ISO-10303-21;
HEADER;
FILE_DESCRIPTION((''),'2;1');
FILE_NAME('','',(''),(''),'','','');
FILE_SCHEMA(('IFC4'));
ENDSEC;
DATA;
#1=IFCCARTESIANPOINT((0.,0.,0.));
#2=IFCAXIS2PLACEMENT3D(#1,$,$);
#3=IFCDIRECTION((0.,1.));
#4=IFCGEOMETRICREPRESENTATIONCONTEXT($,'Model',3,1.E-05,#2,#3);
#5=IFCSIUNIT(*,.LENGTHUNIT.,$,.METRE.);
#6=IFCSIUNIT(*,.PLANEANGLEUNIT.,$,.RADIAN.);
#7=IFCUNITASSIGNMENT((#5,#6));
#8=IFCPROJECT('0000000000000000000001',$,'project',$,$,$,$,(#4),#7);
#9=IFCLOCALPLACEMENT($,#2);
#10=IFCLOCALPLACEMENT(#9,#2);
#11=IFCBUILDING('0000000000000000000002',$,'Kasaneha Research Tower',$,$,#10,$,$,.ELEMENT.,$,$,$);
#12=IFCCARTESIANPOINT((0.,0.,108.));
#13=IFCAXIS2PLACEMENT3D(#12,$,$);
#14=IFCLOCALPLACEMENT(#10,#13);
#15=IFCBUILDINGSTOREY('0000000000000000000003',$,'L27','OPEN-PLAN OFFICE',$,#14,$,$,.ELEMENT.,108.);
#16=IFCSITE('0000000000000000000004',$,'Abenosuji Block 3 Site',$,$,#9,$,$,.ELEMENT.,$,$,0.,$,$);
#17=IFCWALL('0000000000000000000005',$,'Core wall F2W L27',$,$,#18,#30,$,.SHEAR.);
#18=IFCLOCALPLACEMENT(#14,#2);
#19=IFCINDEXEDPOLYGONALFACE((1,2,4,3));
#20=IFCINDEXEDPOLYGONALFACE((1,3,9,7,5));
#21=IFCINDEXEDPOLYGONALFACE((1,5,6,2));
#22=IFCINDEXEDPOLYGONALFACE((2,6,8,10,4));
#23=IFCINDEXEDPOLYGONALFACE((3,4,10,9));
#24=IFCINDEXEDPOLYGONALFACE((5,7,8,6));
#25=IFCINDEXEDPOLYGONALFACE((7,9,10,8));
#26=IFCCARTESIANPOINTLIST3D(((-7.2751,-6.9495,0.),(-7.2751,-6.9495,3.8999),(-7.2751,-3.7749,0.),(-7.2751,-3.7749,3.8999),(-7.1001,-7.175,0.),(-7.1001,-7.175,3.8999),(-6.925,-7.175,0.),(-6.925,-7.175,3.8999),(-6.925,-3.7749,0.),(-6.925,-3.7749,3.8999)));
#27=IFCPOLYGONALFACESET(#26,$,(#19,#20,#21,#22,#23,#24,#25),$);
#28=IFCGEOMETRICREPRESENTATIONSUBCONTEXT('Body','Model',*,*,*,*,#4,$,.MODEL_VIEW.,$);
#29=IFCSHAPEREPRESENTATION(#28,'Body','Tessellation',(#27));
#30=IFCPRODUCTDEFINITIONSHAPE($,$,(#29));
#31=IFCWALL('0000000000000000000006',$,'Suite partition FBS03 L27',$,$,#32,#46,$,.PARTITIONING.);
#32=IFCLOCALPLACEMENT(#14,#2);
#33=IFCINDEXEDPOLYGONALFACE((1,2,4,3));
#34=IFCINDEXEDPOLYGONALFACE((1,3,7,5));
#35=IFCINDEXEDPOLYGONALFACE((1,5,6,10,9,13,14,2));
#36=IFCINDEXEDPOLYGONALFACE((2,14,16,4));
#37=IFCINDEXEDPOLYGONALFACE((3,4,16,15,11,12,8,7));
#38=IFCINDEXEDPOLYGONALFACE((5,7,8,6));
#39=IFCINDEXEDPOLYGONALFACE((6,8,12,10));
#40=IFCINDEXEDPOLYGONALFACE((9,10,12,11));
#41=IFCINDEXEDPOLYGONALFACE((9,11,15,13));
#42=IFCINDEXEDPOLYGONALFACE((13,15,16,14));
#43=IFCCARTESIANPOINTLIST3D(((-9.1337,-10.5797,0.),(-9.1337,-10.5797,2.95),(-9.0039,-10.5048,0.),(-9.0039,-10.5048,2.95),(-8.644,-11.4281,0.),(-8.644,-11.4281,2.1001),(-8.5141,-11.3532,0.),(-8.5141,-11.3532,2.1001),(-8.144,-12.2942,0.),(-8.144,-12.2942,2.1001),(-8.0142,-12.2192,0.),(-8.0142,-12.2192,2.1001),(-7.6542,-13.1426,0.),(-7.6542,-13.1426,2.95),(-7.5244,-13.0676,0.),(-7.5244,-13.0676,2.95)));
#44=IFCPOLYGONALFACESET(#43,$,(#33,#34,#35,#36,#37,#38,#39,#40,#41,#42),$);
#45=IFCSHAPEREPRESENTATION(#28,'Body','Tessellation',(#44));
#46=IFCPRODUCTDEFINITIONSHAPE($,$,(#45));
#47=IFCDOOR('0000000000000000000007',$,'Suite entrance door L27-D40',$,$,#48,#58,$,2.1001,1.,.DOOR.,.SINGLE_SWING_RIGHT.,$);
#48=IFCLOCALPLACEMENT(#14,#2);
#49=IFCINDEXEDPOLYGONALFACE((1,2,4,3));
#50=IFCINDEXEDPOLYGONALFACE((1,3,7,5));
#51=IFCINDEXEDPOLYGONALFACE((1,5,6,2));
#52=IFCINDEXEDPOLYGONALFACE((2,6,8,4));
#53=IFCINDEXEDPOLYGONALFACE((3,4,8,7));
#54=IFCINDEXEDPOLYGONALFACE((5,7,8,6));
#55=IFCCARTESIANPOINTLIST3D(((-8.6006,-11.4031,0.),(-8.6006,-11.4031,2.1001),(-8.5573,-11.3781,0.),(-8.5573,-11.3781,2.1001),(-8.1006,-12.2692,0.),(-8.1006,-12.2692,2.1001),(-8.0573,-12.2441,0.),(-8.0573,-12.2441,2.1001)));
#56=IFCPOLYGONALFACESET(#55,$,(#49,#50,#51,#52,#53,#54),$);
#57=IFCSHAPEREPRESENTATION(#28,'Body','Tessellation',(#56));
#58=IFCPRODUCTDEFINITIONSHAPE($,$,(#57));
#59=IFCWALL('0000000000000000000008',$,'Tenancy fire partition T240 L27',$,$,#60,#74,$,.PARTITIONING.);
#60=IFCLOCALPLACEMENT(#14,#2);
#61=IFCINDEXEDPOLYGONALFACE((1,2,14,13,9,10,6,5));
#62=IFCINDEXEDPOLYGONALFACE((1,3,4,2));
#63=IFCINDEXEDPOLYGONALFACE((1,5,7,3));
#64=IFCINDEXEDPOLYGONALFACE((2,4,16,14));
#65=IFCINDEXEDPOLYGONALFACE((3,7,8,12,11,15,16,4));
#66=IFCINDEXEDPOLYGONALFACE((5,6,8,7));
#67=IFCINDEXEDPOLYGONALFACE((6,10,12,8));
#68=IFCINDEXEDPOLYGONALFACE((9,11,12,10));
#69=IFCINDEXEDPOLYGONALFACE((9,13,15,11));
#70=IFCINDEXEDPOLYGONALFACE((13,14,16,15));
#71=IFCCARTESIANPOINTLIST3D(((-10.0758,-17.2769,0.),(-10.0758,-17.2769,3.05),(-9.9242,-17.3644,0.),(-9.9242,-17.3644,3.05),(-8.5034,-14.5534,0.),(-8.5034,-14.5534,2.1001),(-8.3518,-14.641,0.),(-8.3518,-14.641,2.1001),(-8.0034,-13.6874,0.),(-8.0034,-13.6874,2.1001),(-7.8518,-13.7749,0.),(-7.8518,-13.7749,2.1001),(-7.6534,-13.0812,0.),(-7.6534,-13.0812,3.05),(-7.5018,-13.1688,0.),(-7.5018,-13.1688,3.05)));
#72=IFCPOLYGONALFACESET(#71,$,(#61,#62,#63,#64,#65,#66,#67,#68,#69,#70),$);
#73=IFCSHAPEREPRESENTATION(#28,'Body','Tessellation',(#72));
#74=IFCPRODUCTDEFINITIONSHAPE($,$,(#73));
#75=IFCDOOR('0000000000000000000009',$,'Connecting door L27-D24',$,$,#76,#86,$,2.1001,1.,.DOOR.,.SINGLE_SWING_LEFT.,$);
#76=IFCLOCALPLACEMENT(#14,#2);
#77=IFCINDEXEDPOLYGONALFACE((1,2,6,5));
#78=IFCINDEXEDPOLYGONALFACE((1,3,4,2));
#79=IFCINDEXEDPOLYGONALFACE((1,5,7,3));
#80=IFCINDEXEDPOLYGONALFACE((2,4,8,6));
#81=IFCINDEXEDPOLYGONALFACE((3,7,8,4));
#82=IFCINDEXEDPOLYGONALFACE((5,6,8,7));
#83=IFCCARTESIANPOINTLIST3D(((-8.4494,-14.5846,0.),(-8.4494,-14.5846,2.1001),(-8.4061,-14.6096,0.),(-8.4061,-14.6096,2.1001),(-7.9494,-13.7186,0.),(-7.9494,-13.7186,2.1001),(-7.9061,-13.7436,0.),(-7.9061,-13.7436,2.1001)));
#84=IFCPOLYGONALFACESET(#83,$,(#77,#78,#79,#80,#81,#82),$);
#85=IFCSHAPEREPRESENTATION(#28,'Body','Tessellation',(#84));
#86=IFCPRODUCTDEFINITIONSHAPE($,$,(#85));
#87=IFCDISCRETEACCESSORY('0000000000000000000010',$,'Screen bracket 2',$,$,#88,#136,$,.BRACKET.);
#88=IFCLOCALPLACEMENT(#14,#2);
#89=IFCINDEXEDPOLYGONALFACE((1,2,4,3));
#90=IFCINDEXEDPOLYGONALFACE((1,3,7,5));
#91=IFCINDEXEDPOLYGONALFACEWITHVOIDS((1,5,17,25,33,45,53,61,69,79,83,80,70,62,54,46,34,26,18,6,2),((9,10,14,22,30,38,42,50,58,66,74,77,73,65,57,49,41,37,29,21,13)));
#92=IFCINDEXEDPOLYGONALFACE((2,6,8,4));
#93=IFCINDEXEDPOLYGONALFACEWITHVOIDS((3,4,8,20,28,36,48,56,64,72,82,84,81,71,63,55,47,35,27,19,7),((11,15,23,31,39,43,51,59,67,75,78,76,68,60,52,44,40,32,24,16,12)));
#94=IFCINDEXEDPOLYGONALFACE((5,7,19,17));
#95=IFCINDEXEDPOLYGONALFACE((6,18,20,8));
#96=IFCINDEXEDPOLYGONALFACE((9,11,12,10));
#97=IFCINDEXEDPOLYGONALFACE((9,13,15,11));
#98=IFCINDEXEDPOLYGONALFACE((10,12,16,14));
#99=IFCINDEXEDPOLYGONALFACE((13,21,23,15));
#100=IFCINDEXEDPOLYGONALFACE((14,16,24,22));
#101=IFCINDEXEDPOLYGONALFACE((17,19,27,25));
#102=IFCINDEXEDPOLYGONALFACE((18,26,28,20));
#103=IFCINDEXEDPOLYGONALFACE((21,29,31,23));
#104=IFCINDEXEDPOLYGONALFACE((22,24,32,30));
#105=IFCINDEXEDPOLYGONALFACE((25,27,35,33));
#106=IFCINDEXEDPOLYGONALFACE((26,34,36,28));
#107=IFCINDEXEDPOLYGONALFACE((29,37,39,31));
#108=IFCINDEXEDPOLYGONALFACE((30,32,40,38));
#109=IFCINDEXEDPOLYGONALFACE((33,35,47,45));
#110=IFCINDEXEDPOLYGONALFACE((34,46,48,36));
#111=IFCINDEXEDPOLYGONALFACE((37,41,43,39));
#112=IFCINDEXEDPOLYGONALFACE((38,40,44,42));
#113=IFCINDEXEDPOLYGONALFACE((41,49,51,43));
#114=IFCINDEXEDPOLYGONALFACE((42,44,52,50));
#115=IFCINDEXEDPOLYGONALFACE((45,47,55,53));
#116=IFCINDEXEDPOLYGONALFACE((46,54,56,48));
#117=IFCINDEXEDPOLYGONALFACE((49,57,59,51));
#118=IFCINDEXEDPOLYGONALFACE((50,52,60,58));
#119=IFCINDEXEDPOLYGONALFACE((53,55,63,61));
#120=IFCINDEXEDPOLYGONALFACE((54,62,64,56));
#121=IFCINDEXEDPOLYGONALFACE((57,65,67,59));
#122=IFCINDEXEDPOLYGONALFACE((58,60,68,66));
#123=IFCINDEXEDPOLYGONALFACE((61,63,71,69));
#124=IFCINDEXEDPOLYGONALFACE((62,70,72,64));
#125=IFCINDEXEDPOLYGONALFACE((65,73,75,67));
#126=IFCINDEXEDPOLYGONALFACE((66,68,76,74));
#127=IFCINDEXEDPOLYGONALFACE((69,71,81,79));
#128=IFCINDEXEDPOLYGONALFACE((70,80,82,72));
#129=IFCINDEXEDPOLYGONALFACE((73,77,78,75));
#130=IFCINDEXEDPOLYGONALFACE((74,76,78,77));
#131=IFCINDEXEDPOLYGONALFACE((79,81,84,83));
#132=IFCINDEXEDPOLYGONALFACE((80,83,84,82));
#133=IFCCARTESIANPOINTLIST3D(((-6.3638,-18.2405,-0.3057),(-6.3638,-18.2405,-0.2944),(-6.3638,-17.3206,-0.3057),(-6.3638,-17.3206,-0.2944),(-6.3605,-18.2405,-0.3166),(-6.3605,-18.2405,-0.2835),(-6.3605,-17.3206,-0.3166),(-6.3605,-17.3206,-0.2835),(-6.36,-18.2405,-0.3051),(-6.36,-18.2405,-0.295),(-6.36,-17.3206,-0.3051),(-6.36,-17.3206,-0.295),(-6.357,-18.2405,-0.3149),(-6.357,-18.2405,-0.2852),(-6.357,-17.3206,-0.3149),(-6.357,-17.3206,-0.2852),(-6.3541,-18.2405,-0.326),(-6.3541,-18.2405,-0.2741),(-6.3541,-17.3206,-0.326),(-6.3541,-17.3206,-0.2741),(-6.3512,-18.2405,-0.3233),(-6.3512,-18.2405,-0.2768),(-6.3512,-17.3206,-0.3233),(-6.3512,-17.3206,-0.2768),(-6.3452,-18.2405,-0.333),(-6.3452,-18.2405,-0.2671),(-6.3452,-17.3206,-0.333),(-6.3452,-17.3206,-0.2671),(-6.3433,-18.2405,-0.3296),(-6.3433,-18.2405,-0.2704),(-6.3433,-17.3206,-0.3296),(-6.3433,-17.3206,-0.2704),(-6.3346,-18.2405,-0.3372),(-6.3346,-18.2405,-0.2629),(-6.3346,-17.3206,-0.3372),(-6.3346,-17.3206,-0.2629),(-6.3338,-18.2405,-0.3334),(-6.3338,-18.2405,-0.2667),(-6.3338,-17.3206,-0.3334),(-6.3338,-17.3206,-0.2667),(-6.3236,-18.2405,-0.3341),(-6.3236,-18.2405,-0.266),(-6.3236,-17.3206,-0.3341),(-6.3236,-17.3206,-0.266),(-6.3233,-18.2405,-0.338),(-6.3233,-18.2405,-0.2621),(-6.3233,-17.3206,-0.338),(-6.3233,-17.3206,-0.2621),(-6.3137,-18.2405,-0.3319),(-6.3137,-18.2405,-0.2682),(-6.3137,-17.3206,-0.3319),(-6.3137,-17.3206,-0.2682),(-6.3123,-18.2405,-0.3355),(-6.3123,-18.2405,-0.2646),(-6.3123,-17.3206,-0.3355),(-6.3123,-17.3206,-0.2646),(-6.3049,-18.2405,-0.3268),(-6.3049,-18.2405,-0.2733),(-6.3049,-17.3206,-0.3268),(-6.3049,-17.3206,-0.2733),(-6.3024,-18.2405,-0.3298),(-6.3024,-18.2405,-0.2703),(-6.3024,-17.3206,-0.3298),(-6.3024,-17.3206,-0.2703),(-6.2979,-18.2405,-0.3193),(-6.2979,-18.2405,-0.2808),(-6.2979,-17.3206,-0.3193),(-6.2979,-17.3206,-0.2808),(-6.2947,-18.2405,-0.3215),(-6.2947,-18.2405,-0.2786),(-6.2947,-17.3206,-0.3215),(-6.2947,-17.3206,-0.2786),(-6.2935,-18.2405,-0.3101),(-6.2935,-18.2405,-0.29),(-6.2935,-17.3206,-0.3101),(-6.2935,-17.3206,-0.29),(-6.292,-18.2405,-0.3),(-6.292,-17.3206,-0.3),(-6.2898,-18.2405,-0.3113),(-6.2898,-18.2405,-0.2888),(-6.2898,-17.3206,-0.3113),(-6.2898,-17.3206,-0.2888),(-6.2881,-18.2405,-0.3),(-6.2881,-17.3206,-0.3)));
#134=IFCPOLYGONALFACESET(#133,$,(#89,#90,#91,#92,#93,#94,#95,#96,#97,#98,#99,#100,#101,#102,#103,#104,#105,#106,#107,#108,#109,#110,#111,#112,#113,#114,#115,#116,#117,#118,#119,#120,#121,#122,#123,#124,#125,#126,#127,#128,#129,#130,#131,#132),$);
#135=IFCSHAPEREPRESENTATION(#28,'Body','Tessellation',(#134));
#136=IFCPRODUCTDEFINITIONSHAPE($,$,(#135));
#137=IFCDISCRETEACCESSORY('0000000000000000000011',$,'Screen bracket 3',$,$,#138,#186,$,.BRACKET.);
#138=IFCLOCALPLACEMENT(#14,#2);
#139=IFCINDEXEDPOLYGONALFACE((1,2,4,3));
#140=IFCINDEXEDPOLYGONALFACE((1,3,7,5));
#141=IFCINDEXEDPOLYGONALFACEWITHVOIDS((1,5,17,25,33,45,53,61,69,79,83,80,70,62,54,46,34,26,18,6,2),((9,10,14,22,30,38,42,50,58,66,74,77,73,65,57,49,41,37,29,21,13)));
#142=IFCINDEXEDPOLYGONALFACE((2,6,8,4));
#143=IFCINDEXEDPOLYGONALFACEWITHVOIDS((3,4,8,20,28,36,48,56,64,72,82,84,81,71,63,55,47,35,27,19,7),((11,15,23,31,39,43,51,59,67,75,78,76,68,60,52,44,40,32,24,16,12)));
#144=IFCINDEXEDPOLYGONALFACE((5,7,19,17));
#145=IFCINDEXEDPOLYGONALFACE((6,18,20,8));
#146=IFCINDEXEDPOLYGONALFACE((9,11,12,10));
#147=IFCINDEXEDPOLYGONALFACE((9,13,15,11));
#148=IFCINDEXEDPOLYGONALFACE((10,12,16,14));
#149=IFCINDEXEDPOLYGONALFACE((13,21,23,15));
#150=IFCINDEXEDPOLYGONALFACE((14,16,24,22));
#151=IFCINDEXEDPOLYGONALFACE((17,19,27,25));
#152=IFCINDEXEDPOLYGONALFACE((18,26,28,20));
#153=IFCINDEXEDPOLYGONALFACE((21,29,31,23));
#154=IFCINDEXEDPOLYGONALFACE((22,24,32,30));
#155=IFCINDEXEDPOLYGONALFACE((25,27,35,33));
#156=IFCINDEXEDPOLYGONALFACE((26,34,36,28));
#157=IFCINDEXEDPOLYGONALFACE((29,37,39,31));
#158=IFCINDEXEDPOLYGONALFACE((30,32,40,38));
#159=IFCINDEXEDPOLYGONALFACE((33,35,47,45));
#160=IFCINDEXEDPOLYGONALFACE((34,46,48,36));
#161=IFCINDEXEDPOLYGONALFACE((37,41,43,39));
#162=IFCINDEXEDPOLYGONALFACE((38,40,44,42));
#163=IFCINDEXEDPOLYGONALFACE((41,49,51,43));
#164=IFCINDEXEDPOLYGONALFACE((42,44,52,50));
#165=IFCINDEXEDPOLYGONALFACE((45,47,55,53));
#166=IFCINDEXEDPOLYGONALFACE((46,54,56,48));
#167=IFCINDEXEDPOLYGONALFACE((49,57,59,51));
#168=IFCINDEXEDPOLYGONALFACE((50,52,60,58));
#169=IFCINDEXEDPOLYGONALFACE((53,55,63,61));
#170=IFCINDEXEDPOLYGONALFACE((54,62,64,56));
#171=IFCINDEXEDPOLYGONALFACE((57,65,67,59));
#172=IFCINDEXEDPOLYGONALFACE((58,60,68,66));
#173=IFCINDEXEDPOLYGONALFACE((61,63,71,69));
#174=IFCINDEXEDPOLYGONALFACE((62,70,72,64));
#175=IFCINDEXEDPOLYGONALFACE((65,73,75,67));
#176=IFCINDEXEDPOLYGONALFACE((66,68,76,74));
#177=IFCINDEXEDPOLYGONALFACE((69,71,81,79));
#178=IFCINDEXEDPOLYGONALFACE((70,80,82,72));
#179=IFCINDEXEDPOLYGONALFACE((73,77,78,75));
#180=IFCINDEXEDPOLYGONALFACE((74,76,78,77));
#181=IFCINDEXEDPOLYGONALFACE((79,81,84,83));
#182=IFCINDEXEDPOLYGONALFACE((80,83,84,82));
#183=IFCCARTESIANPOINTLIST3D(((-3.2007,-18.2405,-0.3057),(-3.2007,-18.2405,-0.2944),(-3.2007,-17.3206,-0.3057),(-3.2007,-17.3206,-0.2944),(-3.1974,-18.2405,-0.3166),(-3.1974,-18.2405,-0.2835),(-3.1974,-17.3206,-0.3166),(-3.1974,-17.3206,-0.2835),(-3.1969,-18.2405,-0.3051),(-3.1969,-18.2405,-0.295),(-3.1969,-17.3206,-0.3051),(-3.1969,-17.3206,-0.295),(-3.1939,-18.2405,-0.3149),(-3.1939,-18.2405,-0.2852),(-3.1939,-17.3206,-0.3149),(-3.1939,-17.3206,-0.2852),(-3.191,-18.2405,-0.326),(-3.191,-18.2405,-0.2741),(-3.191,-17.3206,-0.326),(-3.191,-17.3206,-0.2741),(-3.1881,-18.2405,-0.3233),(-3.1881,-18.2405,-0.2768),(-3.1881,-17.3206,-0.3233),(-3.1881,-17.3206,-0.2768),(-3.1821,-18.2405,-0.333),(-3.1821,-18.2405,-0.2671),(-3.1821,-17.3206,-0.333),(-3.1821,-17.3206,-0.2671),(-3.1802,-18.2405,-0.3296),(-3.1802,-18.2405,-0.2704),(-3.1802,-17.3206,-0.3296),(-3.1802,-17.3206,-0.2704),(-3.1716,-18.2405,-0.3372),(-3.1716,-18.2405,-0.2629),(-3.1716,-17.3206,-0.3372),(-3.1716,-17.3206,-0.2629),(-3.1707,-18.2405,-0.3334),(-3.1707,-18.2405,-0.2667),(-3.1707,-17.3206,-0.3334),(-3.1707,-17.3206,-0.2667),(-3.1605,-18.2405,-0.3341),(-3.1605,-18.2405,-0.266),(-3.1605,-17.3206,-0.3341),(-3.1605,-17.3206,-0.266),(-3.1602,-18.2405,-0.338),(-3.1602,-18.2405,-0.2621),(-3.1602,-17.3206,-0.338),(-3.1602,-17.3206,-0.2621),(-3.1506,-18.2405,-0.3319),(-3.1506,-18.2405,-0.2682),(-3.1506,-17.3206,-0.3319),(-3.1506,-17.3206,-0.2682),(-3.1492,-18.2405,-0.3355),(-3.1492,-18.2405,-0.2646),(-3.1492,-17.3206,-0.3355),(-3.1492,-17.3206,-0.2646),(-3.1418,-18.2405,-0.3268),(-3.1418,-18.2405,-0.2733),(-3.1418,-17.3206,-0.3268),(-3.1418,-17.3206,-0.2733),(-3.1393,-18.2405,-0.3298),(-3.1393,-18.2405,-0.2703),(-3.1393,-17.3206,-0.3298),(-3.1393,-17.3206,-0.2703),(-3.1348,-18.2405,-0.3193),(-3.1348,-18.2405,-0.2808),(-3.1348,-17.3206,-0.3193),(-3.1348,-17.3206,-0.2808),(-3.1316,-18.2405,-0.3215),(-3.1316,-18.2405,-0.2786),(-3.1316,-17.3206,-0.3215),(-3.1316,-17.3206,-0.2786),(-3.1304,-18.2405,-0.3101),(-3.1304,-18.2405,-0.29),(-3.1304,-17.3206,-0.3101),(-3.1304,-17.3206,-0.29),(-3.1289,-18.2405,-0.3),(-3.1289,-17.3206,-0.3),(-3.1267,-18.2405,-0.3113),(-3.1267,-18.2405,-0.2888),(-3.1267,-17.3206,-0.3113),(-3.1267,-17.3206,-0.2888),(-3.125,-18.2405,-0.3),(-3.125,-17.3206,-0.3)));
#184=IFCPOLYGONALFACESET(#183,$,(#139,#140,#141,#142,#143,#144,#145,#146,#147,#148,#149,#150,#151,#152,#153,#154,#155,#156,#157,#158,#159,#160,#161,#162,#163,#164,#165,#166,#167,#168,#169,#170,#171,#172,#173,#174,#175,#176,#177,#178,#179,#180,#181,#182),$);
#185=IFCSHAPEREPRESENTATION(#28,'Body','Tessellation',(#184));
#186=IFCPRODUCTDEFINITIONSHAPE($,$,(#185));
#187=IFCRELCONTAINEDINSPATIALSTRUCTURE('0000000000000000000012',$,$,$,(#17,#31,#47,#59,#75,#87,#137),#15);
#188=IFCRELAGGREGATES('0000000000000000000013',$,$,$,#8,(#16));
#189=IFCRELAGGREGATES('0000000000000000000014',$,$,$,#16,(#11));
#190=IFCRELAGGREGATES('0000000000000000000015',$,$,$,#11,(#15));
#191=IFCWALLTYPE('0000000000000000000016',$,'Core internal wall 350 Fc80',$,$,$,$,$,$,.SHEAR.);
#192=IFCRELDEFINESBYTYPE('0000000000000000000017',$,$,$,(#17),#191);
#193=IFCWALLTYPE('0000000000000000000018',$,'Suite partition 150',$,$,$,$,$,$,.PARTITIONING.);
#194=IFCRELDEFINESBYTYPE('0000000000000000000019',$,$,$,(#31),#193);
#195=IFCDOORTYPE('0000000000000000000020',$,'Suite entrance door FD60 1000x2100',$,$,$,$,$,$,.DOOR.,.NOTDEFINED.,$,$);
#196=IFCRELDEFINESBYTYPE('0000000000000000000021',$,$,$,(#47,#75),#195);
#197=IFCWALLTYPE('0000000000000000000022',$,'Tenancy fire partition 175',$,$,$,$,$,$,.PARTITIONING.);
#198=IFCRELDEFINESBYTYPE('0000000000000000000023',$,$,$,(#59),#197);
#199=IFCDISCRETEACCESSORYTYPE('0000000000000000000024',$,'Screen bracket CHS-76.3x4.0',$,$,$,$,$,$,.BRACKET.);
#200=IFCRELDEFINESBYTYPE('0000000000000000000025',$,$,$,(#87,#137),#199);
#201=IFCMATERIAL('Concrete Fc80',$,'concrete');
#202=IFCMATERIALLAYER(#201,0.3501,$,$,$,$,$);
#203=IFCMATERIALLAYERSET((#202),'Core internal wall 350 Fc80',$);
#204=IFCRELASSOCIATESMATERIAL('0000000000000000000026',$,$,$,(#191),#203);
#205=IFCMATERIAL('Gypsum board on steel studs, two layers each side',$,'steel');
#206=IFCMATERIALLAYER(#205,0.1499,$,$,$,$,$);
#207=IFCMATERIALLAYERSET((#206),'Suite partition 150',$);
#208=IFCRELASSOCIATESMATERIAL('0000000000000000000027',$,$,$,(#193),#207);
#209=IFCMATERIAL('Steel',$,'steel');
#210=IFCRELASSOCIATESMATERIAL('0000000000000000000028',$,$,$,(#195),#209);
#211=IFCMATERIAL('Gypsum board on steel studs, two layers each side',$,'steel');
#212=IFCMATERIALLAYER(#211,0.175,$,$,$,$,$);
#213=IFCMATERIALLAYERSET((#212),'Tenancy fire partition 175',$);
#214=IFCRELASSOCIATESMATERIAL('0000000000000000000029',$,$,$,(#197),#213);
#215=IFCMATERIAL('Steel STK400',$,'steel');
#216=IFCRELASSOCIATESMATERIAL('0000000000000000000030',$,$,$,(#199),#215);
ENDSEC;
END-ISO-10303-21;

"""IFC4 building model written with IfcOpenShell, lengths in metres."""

from ifc_helpers import new_model, si_unit, direction, frame, frame_2d, origin, origin_2d, place, context, subcontext, project, spatial, polyline, rectangle, hollow_circle, outline, extrude, material, layer, layer_set, material_profile, profile_set, type_object, element, fill, save


model = new_model("IFC4")

# Units and contexts
model_context = context("Model", 3, precision=1e-05, world=origin(), true_north=direction((0.0, 1.0)))
body_context = subcontext(model_context, "Body", "Model", "MODEL_VIEW")
ifc_project = project(units=[si_unit("LENGTHUNIT", "METRE"), si_unit("PLANEANGLEUNIT", "RADIAN")], contexts=[model_context])

# Site, building, storey
site_placement = place(None, origin())
site = spatial("IfcSite", under=ifc_project, at=site_placement, Name="Abenosuji Block 3 Site", CompositionType="ELEMENT", RefElevation=0.0)
building_placement = place(site_placement, origin())
building = spatial("IfcBuilding", under=site, at=building_placement, Name="Kasaneha Research Tower", CompositionType="ELEMENT")
storey_placement = place(building_placement, frame((0.0, 0.0, 108.0)))
storey = spatial("IfcBuildingStorey", under=building, at=storey_placement, Name="L27", Description="OPEN-PLAN OFFICE", CompositionType="ELEMENT", Elevation=108.0)

# Shared definitions
ifc_material_1 = material(Name="Concrete Fc80", Category="concrete")
ifc_layer_1 = layer(ifc_material_1, 0.3501)
ifc_layer_set_1 = layer_set([ifc_layer_1], Name="Core internal wall 350 Fc80")
wall_type_1 = type_object("IfcWallType", Name="Core internal wall 350 Fc80", PredefinedType="SHEAR", material=ifc_layer_set_1)

# Wall
wall_1_placement = place(storey_placement, frame((-7.1001, -3.7749, 0.0), z_axis=(0.0, 0.0, 1.0), x_axis=(0.0, -1.0, 0.0)))
element("IfcWall", 1, at=wall_1_placement, inside=storey, type_object=wall_type_1, Name="Core wall F2W L27", PredefinedType="SHEAR", context=body_context, shape_type="SweptSolid", body=[
    extrude(outline(polyline([(0.0, -0.175), (3.1746, -0.175), (3.4001, 0.0), (3.4001, 0.175), (0.0, 0.175), (0.0, -0.175)])), origin(), (0.0, 0.0, 1.0), 3.8999),
])

# Walls, openings, doors
ifc_material_2 = material(Name="Gypsum board on steel studs, two layers each side", Category="steel")
ifc_layer_2 = layer(ifc_material_2, 0.1499)
ifc_layer_set_2 = layer_set([ifc_layer_2], Name="Suite partition 150")
wall_type_2 = type_object("IfcWallType", Name="Suite partition 150", PredefinedType="PARTITIONING", material=ifc_layer_set_2)
wall_2_placement = place(storey_placement, frame((-7.5894, -13.105, 0.0), z_axis=(0.0, 0.0, 1.0), x_axis=(-0.499972, 0.866041, 0.0)))
wall_2 = element("IfcWall", 2, at=wall_2_placement, inside=storey, type_object=wall_type_2, Name="Suite partition FBS03 L27", PredefinedType="PARTITIONING", context=body_context, shape_type="SweptSolid", body=[
    extrude(rectangle(XDim=2.9592, YDim=0.1499, at=frame_2d((1.4795, 0.0))), origin(), (0.0, 0.0, 1.0), 2.95),
])
opening_1_placement = place(wall_2_placement, frame((0.9795, 0.0, 0.0)))
opening_1 = element("IfcOpeningElement", 3, at=opening_1_placement, cuts=wall_2, PredefinedType="OPENING", context=body_context, shape_type="SweptSolid", body=[
    extrude(rectangle(XDim=1.0, YDim=2.1001, at=frame_2d((0.5, 1.05))), frame((0.0, 0.085, 0.0), z_axis=(0.0, -1.0, 0.0), x_axis=(1.0, 0.0, 0.0)), (0.0, 0.0, 1.0), 0.1699),
])
ifc_material_3 = material(Name="Steel", Category="steel")
door_type_1 = type_object("IfcDoorType", Name="Suite entrance door FD60 1000x2100", OperationType="NOTDEFINED", PredefinedType="DOOR", material=ifc_material_3)
door_1_placement = place(opening_1_placement, origin())
door_1 = element("IfcDoor", 4, at=door_1_placement, inside=storey, type_object=door_type_1, Name="Suite entrance door L27-D40", OperationType="SINGLE_SWING_RIGHT", OverallHeight=2.1001, OverallWidth=1.0, PredefinedType="DOOR", context=body_context, shape_type="SweptSolid", body=[
    extrude(rectangle(XDim=1.0, YDim=2.1001, at=frame_2d((0.5, 1.05))), frame((0.0, 0.0249, 0.0), z_axis=(0.0, -1.0, 0.0), x_axis=(1.0, 0.0, 0.0)), (0.0, 0.0, 1.0), 0.05),
])
fill(opening_1, door_1)
ifc_material_4 = material(Name="Gypsum board on steel studs, two layers each side", Category="steel")
ifc_layer_3 = layer(ifc_material_4, 0.175)
ifc_layer_set_3 = layer_set([ifc_layer_3], Name="Tenancy fire partition 175")
wall_type_3 = type_object("IfcWallType", Name="Tenancy fire partition 175", PredefinedType="PARTITIONING", material=ifc_layer_set_3)
wall_3_placement = place(storey_placement, frame((-7.5776, -13.125, 0.0), z_axis=(0.0, 0.0, 1.0), x_axis=(-0.500009, -0.86602, 0.0)))
wall_3 = element("IfcWall", 5, at=wall_3_placement, inside=storey, type_object=wall_type_3, Name="Tenancy fire partition T240 L27", PredefinedType="PARTITIONING", context=body_context, shape_type="SweptSolid", body=[
    extrude(rectangle(XDim=4.8447, YDim=0.175, at=frame_2d((2.4224, 0.0))), origin(), (0.0, 0.0, 1.0), 3.05),
])
opening_2_placement = place(wall_3_placement, frame((0.7, 0.0, 0.0)))
opening_2 = element("IfcOpeningElement", 6, at=opening_2_placement, cuts=wall_3, PredefinedType="OPENING", context=body_context, shape_type="SweptSolid", body=[
    extrude(rectangle(XDim=1.0, YDim=2.1001, at=frame_2d((0.5, 1.05))), frame((0.0, 0.0977, 0.0), z_axis=(0.0, -1.0, 0.0), x_axis=(1.0, 0.0, 0.0)), (0.0, 0.0, 1.0), 0.1951),
])
door_2_placement = place(opening_2_placement, origin())
door_2 = element("IfcDoor", 7, at=door_2_placement, inside=storey, type_object=door_type_1, Name="Connecting door L27-D24", OperationType="SINGLE_SWING_LEFT", OverallHeight=2.1001, OverallWidth=1.0, PredefinedType="DOOR", context=body_context, shape_type="SweptSolid", body=[
    extrude(rectangle(XDim=1.0, YDim=2.1001, at=frame_2d((0.5, 1.05))), frame((0.0, 0.0249, 0.0), z_axis=(0.0, -1.0, 0.0), x_axis=(1.0, 0.0, 0.0)), (0.0, 0.0, 1.0), 0.05),
])
fill(opening_2, door_2)

# Discrete accessories
ifc_material_5 = material(Name="Steel STK400", Category="steel")
ifc_material_profile_1 = material_profile(ifc_material_5, hollow_circle(Radius=0.0381, WallThickness=0.0039, at=origin_2d()), Name="CHS-76.3x4.0")
ifc_profile_set_1 = profile_set([ifc_material_profile_1], Name="Steel STK400")
discrete_accessory_type = type_object("IfcDiscreteAccessoryType", Name="Screen bracket CHS-76.3x4.0", PredefinedType="BRACKET", material=ifc_profile_set_1)
for number, where, z_axis, x_axis, name in (
    (8, (-6.3262, -17.3206, -0.3), (0.0, -1.0, 0.0), (1.0, 0.0, 0.0), "Screen bracket 2"),
    (9, (-3.1631, -17.3206, -0.3), (0.0, -1.0, 0.0), (1.0, 0.0, 0.0), "Screen bracket 3"),
):
    element("IfcDiscreteAccessory", number, at=place(storey_placement, frame(where, z_axis=z_axis, x_axis=x_axis)), inside=storey, type_object=discrete_accessory_type, Name=name, PredefinedType="BRACKET", context=body_context, shape_type="SweptSolid", body=[
        extrude(hollow_circle(Radius=0.0381, WallThickness=0.0039, at=origin_2d()), origin(), (0.0, 0.0, 1.0), 0.9199),
    ])

save(model, "model.ifc")
